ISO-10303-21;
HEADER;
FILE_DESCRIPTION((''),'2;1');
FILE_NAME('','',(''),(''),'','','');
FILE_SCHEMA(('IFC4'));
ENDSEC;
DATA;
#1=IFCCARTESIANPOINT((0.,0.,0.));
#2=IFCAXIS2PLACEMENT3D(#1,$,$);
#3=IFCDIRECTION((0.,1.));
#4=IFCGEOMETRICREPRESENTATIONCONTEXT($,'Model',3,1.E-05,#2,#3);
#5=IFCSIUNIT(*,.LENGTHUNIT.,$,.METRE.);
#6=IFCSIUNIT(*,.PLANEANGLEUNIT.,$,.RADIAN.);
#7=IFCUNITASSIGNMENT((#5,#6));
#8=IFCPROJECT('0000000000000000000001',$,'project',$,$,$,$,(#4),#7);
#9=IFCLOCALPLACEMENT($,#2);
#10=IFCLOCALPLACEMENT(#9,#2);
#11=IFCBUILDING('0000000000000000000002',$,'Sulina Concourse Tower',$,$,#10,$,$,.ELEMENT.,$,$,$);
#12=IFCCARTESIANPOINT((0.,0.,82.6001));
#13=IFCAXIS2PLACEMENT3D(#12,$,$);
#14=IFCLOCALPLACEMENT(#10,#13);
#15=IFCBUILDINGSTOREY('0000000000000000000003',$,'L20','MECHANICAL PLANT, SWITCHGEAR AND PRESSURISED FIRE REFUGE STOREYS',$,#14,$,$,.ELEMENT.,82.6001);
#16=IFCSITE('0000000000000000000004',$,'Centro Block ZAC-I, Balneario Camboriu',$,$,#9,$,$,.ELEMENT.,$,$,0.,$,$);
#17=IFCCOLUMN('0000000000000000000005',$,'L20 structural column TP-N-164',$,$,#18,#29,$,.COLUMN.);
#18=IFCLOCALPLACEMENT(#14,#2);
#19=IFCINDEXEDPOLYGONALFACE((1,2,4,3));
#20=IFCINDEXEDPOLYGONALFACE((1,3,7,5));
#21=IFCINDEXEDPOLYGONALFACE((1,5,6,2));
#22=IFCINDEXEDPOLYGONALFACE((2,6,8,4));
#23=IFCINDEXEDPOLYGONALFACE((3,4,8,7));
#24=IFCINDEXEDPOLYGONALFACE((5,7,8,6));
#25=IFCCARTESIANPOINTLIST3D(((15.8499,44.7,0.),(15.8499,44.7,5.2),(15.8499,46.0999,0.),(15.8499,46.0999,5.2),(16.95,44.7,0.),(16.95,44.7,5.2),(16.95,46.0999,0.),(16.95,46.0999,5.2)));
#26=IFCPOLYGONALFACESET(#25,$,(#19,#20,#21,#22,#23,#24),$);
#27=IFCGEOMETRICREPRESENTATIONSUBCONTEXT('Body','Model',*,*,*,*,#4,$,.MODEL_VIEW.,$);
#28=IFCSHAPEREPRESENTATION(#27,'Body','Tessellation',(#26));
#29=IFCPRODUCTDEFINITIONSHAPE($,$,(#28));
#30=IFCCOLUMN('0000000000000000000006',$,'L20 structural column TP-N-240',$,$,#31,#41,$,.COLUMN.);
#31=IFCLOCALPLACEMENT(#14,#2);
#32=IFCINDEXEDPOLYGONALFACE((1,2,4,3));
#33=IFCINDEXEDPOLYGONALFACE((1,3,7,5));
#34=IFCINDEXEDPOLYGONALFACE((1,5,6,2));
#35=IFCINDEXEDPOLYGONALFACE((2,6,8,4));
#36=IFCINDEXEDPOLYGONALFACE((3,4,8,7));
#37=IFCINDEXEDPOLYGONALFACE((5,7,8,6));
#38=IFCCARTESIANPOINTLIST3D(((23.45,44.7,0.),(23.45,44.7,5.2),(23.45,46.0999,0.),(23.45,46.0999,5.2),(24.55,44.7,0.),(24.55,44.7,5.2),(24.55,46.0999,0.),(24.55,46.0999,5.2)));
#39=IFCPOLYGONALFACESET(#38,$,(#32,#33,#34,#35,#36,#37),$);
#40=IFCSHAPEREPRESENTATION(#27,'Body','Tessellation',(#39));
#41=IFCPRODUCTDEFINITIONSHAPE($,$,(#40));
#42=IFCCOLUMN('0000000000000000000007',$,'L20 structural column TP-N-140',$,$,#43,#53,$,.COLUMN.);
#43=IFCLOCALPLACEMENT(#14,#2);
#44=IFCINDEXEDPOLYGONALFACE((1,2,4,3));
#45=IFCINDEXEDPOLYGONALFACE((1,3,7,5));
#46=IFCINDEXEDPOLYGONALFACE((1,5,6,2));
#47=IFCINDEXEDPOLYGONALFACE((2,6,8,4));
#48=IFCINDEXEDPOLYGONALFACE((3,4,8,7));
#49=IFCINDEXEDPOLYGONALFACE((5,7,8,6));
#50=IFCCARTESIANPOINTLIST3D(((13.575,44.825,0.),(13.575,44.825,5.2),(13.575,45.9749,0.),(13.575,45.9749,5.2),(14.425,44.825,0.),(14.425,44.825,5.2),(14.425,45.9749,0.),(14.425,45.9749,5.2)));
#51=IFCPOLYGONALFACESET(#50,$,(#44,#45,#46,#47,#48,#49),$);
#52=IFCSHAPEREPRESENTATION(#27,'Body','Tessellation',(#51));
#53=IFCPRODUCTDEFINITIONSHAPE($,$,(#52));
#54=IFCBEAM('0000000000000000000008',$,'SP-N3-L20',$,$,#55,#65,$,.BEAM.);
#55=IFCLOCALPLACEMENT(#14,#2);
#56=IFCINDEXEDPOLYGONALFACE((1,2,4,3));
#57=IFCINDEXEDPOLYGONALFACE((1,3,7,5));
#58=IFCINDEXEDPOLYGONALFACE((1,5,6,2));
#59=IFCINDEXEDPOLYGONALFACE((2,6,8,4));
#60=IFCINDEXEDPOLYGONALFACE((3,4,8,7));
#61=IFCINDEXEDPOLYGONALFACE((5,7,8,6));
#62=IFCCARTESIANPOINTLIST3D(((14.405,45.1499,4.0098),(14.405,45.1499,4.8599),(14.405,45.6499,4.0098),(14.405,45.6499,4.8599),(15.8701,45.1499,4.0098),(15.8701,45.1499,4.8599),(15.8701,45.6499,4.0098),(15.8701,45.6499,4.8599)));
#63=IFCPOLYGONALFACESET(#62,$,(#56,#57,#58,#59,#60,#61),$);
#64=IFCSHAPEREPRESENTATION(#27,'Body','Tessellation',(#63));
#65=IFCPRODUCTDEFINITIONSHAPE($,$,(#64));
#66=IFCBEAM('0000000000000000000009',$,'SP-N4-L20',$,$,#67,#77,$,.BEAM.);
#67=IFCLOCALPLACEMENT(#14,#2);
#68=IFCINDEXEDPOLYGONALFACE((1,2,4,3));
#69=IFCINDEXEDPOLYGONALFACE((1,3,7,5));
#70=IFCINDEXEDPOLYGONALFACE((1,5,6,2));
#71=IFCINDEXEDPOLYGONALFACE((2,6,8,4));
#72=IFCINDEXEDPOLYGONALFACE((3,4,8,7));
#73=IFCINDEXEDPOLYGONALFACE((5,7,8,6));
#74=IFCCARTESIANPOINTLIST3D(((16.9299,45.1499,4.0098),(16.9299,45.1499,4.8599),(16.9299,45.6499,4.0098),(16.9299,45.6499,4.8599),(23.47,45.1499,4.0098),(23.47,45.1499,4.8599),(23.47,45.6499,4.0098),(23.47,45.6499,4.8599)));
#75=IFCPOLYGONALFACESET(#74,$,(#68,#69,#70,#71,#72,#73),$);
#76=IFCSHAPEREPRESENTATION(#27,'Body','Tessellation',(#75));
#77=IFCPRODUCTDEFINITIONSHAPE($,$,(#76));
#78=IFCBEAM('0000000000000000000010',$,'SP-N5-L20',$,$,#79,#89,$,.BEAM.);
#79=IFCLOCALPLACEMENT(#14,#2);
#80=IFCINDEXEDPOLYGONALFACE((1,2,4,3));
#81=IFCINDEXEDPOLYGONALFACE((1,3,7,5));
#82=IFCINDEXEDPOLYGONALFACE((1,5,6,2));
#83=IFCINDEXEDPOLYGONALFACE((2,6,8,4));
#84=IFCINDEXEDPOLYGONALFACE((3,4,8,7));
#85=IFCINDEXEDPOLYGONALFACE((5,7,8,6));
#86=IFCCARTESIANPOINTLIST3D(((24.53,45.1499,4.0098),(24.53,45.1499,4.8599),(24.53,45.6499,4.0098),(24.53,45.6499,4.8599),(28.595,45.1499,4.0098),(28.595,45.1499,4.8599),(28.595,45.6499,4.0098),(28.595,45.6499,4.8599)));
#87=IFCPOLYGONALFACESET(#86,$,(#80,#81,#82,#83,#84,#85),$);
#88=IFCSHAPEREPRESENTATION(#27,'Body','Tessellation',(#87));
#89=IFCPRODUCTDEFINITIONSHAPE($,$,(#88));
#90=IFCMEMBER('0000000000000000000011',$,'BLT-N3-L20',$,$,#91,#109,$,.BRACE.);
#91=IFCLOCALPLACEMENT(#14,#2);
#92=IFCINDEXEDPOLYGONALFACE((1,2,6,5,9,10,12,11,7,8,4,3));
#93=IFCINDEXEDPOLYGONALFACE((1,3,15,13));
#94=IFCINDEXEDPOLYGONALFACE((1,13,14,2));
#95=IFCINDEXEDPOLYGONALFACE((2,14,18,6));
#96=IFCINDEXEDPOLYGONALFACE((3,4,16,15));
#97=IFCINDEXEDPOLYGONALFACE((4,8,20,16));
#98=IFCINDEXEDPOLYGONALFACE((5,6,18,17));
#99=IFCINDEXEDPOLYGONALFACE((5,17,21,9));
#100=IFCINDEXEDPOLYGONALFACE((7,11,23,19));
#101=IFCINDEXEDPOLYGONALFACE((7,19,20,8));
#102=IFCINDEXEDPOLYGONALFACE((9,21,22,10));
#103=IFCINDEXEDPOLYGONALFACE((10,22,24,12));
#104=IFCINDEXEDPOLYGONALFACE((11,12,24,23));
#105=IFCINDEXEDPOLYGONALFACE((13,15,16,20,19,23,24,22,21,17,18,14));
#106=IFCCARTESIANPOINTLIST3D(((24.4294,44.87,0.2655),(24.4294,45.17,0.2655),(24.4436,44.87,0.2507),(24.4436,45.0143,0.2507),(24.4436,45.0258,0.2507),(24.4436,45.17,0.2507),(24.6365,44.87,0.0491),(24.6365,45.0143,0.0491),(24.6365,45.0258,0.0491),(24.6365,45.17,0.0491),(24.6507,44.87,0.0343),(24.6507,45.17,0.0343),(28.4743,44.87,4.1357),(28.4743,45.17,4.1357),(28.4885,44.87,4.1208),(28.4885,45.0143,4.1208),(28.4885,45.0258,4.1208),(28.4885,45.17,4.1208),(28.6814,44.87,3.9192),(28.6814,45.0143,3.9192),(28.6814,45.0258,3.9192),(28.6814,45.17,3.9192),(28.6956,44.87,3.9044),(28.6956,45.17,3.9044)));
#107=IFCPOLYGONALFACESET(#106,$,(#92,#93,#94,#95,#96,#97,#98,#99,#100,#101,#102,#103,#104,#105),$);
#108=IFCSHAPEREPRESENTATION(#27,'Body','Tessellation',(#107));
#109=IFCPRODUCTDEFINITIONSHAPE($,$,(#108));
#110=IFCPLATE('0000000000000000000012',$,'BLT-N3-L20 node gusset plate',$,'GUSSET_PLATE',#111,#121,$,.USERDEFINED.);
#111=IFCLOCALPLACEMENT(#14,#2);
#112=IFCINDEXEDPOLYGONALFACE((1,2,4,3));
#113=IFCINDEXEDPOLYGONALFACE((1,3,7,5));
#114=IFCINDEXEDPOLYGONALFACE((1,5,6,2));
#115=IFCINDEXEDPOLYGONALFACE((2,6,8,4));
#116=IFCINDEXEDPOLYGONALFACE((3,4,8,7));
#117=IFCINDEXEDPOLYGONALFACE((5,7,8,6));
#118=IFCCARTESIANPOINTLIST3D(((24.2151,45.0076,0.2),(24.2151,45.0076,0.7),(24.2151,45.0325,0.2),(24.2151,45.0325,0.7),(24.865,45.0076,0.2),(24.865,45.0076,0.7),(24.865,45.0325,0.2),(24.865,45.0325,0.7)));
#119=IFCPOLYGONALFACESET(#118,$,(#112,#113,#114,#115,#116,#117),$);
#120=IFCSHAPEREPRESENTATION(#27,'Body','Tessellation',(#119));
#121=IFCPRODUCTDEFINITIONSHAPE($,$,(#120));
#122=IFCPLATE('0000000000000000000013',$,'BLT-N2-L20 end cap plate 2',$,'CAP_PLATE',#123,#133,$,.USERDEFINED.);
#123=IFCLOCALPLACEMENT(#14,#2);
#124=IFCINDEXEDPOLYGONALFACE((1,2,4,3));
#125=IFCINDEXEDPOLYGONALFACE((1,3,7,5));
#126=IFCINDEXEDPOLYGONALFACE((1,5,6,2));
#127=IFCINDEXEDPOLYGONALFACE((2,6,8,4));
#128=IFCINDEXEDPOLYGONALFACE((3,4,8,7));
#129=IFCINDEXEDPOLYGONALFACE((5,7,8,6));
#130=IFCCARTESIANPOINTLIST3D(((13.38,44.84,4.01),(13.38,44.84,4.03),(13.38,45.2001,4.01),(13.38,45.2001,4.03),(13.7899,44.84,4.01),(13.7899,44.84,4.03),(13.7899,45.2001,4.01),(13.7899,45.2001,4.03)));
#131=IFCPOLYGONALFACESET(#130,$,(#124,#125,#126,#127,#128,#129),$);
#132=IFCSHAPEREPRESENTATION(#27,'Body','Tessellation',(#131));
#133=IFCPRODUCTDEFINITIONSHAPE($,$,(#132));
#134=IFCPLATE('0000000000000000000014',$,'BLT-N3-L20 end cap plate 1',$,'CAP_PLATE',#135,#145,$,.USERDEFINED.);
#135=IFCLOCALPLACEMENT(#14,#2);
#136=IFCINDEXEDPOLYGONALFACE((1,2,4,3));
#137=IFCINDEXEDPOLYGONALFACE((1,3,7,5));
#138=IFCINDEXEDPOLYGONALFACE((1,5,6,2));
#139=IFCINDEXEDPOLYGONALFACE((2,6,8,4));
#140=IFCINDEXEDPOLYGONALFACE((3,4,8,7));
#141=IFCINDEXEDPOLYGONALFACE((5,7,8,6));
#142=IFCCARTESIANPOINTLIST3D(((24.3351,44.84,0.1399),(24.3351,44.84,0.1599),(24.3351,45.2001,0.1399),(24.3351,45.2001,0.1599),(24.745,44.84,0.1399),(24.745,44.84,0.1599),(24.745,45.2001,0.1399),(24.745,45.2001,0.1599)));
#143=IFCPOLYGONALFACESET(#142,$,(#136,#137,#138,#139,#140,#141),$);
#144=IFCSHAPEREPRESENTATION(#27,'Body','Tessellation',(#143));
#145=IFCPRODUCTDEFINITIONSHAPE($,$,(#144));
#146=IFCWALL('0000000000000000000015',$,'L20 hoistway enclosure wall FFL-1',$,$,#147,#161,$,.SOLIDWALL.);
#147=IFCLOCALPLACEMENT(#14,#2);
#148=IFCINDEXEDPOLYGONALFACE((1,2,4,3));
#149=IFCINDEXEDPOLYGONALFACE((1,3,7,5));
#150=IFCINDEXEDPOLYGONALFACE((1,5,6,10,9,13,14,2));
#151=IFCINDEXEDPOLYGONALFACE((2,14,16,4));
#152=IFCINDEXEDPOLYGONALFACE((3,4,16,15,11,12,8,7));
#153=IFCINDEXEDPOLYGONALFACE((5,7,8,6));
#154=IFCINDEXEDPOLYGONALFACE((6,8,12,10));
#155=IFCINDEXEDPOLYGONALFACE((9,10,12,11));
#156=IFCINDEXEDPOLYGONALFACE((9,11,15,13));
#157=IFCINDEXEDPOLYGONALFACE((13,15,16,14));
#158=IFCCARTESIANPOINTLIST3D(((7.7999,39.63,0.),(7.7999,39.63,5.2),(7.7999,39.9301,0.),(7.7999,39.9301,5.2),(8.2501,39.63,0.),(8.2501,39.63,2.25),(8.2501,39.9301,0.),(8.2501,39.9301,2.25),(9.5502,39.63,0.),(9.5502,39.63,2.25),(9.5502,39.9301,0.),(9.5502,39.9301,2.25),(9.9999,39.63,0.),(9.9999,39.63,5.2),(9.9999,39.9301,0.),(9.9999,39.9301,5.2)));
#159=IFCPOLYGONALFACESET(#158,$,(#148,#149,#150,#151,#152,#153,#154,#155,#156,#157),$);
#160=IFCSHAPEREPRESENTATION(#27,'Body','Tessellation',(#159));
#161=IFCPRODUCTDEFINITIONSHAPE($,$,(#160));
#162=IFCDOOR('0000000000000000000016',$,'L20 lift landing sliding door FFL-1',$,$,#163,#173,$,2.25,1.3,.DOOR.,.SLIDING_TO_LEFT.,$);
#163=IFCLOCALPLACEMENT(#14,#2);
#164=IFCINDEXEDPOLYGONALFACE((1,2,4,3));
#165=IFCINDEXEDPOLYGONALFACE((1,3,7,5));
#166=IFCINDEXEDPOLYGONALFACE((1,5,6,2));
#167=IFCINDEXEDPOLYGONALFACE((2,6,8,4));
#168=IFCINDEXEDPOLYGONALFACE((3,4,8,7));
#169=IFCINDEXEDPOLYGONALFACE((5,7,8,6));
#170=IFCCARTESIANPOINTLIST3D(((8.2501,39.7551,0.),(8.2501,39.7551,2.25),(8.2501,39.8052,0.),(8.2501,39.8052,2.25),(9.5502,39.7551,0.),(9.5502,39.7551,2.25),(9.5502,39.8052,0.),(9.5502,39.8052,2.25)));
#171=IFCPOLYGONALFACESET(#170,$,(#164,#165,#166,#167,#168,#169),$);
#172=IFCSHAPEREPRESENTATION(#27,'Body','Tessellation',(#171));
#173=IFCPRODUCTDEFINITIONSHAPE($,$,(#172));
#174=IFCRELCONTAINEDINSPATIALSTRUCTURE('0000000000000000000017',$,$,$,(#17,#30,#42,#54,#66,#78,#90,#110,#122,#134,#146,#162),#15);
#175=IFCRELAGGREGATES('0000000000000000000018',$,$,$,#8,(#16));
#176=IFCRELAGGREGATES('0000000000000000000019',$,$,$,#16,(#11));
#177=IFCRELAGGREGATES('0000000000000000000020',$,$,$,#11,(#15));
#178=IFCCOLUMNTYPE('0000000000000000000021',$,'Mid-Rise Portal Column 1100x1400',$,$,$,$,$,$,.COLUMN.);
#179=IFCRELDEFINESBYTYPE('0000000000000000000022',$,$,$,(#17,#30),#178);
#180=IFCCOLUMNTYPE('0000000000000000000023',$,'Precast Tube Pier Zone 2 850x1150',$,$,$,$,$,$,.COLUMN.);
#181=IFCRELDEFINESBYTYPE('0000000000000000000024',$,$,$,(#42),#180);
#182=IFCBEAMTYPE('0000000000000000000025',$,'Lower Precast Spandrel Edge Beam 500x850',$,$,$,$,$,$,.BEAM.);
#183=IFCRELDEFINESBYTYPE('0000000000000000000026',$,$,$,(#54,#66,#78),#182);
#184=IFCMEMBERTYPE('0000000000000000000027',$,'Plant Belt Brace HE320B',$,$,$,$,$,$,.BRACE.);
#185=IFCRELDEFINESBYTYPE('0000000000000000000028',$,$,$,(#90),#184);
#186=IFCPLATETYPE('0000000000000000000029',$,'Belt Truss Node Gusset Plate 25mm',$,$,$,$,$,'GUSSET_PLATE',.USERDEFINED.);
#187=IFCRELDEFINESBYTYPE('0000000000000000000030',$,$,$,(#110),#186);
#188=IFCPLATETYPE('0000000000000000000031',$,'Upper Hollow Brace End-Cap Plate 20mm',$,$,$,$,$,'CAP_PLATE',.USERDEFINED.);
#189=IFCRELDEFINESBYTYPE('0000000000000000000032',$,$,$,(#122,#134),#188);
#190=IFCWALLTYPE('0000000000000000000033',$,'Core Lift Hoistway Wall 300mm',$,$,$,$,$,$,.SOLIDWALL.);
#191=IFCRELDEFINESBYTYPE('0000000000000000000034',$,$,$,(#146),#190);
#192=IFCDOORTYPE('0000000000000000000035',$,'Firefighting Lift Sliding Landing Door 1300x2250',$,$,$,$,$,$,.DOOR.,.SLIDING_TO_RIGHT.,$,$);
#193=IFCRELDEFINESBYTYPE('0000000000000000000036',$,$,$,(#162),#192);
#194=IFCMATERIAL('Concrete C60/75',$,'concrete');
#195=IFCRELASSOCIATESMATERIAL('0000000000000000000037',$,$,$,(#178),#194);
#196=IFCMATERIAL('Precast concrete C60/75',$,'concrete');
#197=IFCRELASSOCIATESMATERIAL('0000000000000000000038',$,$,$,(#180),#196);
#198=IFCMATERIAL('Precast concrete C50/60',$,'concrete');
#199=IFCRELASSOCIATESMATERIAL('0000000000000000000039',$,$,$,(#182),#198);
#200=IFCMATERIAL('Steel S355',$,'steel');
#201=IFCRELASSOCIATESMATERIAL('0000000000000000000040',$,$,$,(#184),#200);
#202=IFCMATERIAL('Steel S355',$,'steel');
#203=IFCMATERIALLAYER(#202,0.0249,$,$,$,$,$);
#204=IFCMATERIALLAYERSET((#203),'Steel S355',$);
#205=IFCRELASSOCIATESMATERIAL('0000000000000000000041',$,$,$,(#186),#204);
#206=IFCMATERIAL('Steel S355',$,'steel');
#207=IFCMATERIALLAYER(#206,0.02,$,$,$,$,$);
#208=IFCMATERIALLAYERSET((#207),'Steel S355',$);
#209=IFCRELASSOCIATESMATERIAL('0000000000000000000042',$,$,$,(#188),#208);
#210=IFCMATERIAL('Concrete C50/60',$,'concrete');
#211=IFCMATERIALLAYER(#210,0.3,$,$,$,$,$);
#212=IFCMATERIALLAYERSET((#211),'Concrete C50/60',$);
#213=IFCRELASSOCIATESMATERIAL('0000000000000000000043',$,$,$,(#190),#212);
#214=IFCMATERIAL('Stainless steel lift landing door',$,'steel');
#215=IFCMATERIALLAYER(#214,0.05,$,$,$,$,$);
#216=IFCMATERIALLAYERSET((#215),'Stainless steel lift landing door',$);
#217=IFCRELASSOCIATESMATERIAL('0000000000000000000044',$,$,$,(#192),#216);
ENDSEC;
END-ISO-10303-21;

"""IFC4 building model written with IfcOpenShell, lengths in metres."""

from ifc_helpers import new_model, si_unit, direction, frame, frame_2d, origin, origin_2d, place, context, subcontext, project, spatial, rectangle, i_section, extrude, material, layer, layer_set, material_profile, profile_set, type_object, element, fill, save


model = new_model("IFC4")

# Units and contexts
model_context = context("Model", 3, precision=1e-05, world=origin(), true_north=direction((0.0, 1.0)))
body_context = subcontext(model_context, "Body", "Model", "MODEL_VIEW")
ifc_project = project(units=[si_unit("LENGTHUNIT", "METRE"), si_unit("PLANEANGLEUNIT", "RADIAN")], contexts=[model_context])

# Site, building, storey
site_placement = place(None, origin())
site = spatial("IfcSite", under=ifc_project, at=site_placement, Name="Centro Block ZAC-I, Balneario Camboriu", CompositionType="ELEMENT", RefElevation=0.0)
building_placement = place(site_placement, origin())
building = spatial("IfcBuilding", under=site, at=building_placement, Name="Sulina Concourse Tower", CompositionType="ELEMENT")
storey_placement = place(building_placement, frame((0.0, 0.0, 82.6001)))
storey = spatial("IfcBuildingStorey", under=building, at=storey_placement, Name="L20", Description="MECHANICAL PLANT, SWITCHGEAR AND PRESSURISED FIRE REFUGE STOREYS", CompositionType="ELEMENT", Elevation=82.6001)

# Columns
ifc_material_1 = material(Name="Concrete C60/75", Category="concrete")
ifc_material_profile_1 = material_profile(ifc_material_1, rectangle(XDim=1.1001, YDim=1.3999, at=origin_2d()), Name="RC 1100x1400")
ifc_profile_set_1 = profile_set([ifc_material_profile_1], Name="Concrete C60/75")
column_type_1 = type_object("IfcColumnType", Name="Mid-Rise Portal Column 1100x1400", PredefinedType="COLUMN", material=ifc_profile_set_1)
for number, where, z_axis, x_axis, name in (
    (1, (16.3999, 45.3999, 0.0), (0.0, 0.0, 1.0), (1.0, 0.0, 0.0), "L20 structural column TP-N-164"),
    (2, (24.0, 45.3999, 0.0), (0.0, 0.0, 1.0), (1.0, 0.0, 0.0), "L20 structural column TP-N-240"),
):
    element("IfcColumn", number, at=place(storey_placement, frame(where, z_axis=z_axis, x_axis=x_axis)), inside=storey, type_object=column_type_1, Name=name, PredefinedType="COLUMN", context=body_context, shape_type="SweptSolid", body=[
        extrude(rectangle(XDim=1.1001, YDim=1.3999, at=origin_2d()), origin(), (0.0, 0.0, 1.0), 5.2),
    ])
ifc_material_2 = material(Name="Precast concrete C60/75", Category="concrete")
ifc_material_profile_2 = material_profile(ifc_material_2, rectangle(XDim=0.8501, YDim=1.1499, at=origin_2d()), Name="PC 850x1150")
ifc_profile_set_2 = profile_set([ifc_material_profile_2], Name="Precast concrete C60/75")
column_type_2 = type_object("IfcColumnType", Name="Precast Tube Pier Zone 2 850x1150", PredefinedType="COLUMN", material=ifc_profile_set_2)
column_placement = place(storey_placement, frame((14.0, 45.3999, 0.0), z_axis=(0.0, 0.0, 1.0), x_axis=(1.0, 0.0, 0.0)))
element("IfcColumn", 3, at=column_placement, inside=storey, type_object=column_type_2, Name="L20 structural column TP-N-140", PredefinedType="COLUMN", context=body_context, shape_type="SweptSolid", body=[
    extrude(rectangle(XDim=0.8501, YDim=1.1499, at=origin_2d()), origin(), (0.0, 0.0, 1.0), 5.2),
])

# Beams
ifc_material_3 = material(Name="Precast concrete C50/60", Category="concrete")
ifc_material_profile_3 = material_profile(ifc_material_3, rectangle(XDim=0.5, YDim=0.8501, at=origin_2d()), Name="RC 500x850")
ifc_profile_set_3 = profile_set([ifc_material_profile_3], Name="Precast concrete C50/60")
beam_type = type_object("IfcBeamType", Name="Lower Precast Spandrel Edge Beam 500x850", PredefinedType="BEAM", material=ifc_profile_set_3)
beam_1_placement = place(storey_placement, frame((14.405, 45.3999, 4.4348), z_axis=(1.0, 0.0, 0.0), x_axis=(0.0, 1.0, 0.0)))
element("IfcBeam", 4, at=beam_1_placement, inside=storey, type_object=beam_type, Name="SP-N3-L20", PredefinedType="BEAM", context=body_context, shape_type="SweptSolid", body=[
    extrude(rectangle(XDim=0.5, YDim=0.8501, at=origin_2d()), origin(), (0.0, 0.0, 1.0), 1.4651),
])
beam_2_placement = place(storey_placement, frame((16.9299, 45.3999, 4.4348), z_axis=(1.0, 0.0, 0.0), x_axis=(0.0, 1.0, 0.0)))
element("IfcBeam", 5, at=beam_2_placement, inside=storey, type_object=beam_type, Name="SP-N4-L20", PredefinedType="BEAM", context=body_context, shape_type="SweptSolid", body=[
    extrude(rectangle(XDim=0.5, YDim=0.8501, at=origin_2d()), origin(), (0.0, 0.0, 1.0), 6.54),
])
beam_3_placement = place(storey_placement, frame((24.53, 45.3999, 4.4348), z_axis=(1.0, 0.0, 0.0), x_axis=(0.0, 1.0, 0.0)))
element("IfcBeam", 6, at=beam_3_placement, inside=storey, type_object=beam_type, Name="SP-N5-L20", PredefinedType="BEAM", context=body_context, shape_type="SweptSolid", body=[
    extrude(rectangle(XDim=0.5, YDim=0.8501, at=origin_2d()), origin(), (0.0, 0.0, 1.0), 4.0649),
])

# Member
ifc_material_4 = material(Name="Steel S355", Category="steel")
ifc_material_profile_4 = material_profile(ifc_material_4, i_section(OverallWidth=0.3, OverallDepth=0.3201, WebThickness=0.0115, FlangeThickness=0.0205, at=origin_2d()), Name="HE 320 B")
ifc_profile_set_4 = profile_set([ifc_material_profile_4], Name="Steel S355")
member_type = type_object("IfcMemberType", Name="Plant Belt Brace HE320B", PredefinedType="BRACE", material=ifc_profile_set_4)
member_placement = place(storey_placement, frame((24.54, 45.02, 0.1499), z_axis=(0.722547, 0.0, 0.691322), x_axis=(0.0, 1.0, 0.0)))
element("IfcMember", 7, at=member_placement, inside=storey, type_object=member_type, Name="BLT-N3-L20", PredefinedType="BRACE", context=body_context, shape_type="SweptSolid", body=[
    extrude(i_section(OverallWidth=0.3, OverallDepth=0.3201, WebThickness=0.0115, FlangeThickness=0.0205, at=origin_2d()), origin(), (0.0, 0.0, 1.0), 5.5981),
])

# Plates
ifc_material_5 = material(Name="Steel S355", Category="steel")
ifc_layer_1 = layer(ifc_material_5, 0.0249)
ifc_layer_set_1 = layer_set([ifc_layer_1], Name="Steel S355")
plate_type_1 = type_object("IfcPlateType", Name="Belt Truss Node Gusset Plate 25mm", ElementType="GUSSET_PLATE", PredefinedType="USERDEFINED", material=ifc_layer_set_1)
plate_placement = place(storey_placement, frame((24.54, 45.02, 0.2), z_axis=(0.0, 0.0, 1.0), x_axis=(1.0, 0.0, 0.0)))
element("IfcPlate", 8, at=plate_placement, inside=storey, type_object=plate_type_1, Name="BLT-N3-L20 node gusset plate", ObjectType="GUSSET_PLATE", PredefinedType="USERDEFINED", context=body_context, shape_type="SweptSolid", body=[
    extrude(rectangle(XDim=0.6499, YDim=0.0249, at=origin_2d()), origin(), (0.0, 0.0, 1.0), 0.5),
])
ifc_material_6 = material(Name="Steel S355", Category="steel")
ifc_layer_2 = layer(ifc_material_6, 0.02)
ifc_layer_set_2 = layer_set([ifc_layer_2], Name="Steel S355")
plate_type_2 = type_object("IfcPlateType", Name="Upper Hollow Brace End-Cap Plate 20mm", ElementType="CAP_PLATE", PredefinedType="USERDEFINED", material=ifc_layer_set_2)
for number, where, z_axis, x_axis, name in (
    (9, (13.585, 45.02, 4.01), (0.0, 0.0, 1.0), (1.0, 0.0, 0.0), "BLT-N2-L20 end cap plate 2"),
    (10, (24.54, 45.02, 0.1399), (0.0, 0.0, 1.0), (1.0, 0.0, 0.0), "BLT-N3-L20 end cap plate 1"),
):
    element("IfcPlate", number, at=place(storey_placement, frame(where, z_axis=z_axis, x_axis=x_axis)), inside=storey, type_object=plate_type_2, Name=name, ObjectType="CAP_PLATE", PredefinedType="USERDEFINED", context=body_context, shape_type="SweptSolid", body=[
        extrude(rectangle(XDim=0.4099, YDim=0.3601, at=origin_2d()), origin(), (0.0, 0.0, 1.0), 0.02),
    ])

# Wall, opening, door
ifc_material_7 = material(Name="Concrete C50/60", Category="concrete")
ifc_layer_3 = layer(ifc_material_7, 0.3)
ifc_layer_set_3 = layer_set([ifc_layer_3], Name="Concrete C50/60")
wall_type_1 = type_object("IfcWallType", Name="Core Lift Hoistway Wall 300mm", PredefinedType="SOLIDWALL", material=ifc_layer_set_3)
wall_1_placement = place(storey_placement, frame((10.0, 39.78, 0.0), z_axis=(0.0, 0.0, 1.0), x_axis=(-1.0, 0.0, 0.0)))
wall_1 = element("IfcWall", 11, at=wall_1_placement, inside=storey, type_object=wall_type_1, Name="L20 hoistway enclosure wall FFL-1", PredefinedType="SOLIDWALL", context=body_context, shape_type="SweptSolid", body=[
    extrude(rectangle(XDim=2.2, YDim=0.3, at=frame_2d((1.1001, 0.0))), origin(), (0.0, 0.0, 1.0), 5.2),
])
opening_1_placement = place(wall_1_placement, frame((0.45, 0.0, 0.0)))
opening_1 = element("IfcOpeningElement", 12, at=opening_1_placement, cuts=wall_1, PredefinedType="OPENING", context=body_context, shape_type="SweptSolid", body=[
    extrude(rectangle(XDim=1.3, YDim=2.25, at=frame_2d((0.6499, 1.125))), frame((0.0, 0.1599, 0.0), z_axis=(0.0, -1.0, 0.0), x_axis=(1.0, 0.0, 0.0)), (0.0, 0.0, 1.0), 0.3201),
])
ifc_material_8 = material(Name="Stainless steel lift landing door", Category="steel")
ifc_layer_4 = layer(ifc_material_8, 0.05)
ifc_layer_set_4 = layer_set([ifc_layer_4], Name="Stainless steel lift landing door")
door_type = type_object("IfcDoorType", Name="Firefighting Lift Sliding Landing Door 1300x2250", OperationType="SLIDING_TO_RIGHT", PredefinedType="DOOR", material=ifc_layer_set_4)
door_1_placement = place(opening_1_placement, origin())
door_1 = element("IfcDoor", 13, at=door_1_placement, inside=storey, type_object=door_type, Name="L20 lift landing sliding door FFL-1", OperationType="SLIDING_TO_LEFT", OverallHeight=2.25, OverallWidth=1.3, PredefinedType="DOOR", context=body_context, shape_type="SweptSolid", body=[
    extrude(rectangle(XDim=1.3, YDim=2.25, at=frame_2d((0.6499, 1.125))), frame((0.0, 0.0249, 0.0), z_axis=(0.0, -1.0, 0.0), x_axis=(1.0, 0.0, 0.0)), (0.0, 0.0, 1.0), 0.05),
])
fill(opening_1, door_1)

save(model, "model.ifc")
